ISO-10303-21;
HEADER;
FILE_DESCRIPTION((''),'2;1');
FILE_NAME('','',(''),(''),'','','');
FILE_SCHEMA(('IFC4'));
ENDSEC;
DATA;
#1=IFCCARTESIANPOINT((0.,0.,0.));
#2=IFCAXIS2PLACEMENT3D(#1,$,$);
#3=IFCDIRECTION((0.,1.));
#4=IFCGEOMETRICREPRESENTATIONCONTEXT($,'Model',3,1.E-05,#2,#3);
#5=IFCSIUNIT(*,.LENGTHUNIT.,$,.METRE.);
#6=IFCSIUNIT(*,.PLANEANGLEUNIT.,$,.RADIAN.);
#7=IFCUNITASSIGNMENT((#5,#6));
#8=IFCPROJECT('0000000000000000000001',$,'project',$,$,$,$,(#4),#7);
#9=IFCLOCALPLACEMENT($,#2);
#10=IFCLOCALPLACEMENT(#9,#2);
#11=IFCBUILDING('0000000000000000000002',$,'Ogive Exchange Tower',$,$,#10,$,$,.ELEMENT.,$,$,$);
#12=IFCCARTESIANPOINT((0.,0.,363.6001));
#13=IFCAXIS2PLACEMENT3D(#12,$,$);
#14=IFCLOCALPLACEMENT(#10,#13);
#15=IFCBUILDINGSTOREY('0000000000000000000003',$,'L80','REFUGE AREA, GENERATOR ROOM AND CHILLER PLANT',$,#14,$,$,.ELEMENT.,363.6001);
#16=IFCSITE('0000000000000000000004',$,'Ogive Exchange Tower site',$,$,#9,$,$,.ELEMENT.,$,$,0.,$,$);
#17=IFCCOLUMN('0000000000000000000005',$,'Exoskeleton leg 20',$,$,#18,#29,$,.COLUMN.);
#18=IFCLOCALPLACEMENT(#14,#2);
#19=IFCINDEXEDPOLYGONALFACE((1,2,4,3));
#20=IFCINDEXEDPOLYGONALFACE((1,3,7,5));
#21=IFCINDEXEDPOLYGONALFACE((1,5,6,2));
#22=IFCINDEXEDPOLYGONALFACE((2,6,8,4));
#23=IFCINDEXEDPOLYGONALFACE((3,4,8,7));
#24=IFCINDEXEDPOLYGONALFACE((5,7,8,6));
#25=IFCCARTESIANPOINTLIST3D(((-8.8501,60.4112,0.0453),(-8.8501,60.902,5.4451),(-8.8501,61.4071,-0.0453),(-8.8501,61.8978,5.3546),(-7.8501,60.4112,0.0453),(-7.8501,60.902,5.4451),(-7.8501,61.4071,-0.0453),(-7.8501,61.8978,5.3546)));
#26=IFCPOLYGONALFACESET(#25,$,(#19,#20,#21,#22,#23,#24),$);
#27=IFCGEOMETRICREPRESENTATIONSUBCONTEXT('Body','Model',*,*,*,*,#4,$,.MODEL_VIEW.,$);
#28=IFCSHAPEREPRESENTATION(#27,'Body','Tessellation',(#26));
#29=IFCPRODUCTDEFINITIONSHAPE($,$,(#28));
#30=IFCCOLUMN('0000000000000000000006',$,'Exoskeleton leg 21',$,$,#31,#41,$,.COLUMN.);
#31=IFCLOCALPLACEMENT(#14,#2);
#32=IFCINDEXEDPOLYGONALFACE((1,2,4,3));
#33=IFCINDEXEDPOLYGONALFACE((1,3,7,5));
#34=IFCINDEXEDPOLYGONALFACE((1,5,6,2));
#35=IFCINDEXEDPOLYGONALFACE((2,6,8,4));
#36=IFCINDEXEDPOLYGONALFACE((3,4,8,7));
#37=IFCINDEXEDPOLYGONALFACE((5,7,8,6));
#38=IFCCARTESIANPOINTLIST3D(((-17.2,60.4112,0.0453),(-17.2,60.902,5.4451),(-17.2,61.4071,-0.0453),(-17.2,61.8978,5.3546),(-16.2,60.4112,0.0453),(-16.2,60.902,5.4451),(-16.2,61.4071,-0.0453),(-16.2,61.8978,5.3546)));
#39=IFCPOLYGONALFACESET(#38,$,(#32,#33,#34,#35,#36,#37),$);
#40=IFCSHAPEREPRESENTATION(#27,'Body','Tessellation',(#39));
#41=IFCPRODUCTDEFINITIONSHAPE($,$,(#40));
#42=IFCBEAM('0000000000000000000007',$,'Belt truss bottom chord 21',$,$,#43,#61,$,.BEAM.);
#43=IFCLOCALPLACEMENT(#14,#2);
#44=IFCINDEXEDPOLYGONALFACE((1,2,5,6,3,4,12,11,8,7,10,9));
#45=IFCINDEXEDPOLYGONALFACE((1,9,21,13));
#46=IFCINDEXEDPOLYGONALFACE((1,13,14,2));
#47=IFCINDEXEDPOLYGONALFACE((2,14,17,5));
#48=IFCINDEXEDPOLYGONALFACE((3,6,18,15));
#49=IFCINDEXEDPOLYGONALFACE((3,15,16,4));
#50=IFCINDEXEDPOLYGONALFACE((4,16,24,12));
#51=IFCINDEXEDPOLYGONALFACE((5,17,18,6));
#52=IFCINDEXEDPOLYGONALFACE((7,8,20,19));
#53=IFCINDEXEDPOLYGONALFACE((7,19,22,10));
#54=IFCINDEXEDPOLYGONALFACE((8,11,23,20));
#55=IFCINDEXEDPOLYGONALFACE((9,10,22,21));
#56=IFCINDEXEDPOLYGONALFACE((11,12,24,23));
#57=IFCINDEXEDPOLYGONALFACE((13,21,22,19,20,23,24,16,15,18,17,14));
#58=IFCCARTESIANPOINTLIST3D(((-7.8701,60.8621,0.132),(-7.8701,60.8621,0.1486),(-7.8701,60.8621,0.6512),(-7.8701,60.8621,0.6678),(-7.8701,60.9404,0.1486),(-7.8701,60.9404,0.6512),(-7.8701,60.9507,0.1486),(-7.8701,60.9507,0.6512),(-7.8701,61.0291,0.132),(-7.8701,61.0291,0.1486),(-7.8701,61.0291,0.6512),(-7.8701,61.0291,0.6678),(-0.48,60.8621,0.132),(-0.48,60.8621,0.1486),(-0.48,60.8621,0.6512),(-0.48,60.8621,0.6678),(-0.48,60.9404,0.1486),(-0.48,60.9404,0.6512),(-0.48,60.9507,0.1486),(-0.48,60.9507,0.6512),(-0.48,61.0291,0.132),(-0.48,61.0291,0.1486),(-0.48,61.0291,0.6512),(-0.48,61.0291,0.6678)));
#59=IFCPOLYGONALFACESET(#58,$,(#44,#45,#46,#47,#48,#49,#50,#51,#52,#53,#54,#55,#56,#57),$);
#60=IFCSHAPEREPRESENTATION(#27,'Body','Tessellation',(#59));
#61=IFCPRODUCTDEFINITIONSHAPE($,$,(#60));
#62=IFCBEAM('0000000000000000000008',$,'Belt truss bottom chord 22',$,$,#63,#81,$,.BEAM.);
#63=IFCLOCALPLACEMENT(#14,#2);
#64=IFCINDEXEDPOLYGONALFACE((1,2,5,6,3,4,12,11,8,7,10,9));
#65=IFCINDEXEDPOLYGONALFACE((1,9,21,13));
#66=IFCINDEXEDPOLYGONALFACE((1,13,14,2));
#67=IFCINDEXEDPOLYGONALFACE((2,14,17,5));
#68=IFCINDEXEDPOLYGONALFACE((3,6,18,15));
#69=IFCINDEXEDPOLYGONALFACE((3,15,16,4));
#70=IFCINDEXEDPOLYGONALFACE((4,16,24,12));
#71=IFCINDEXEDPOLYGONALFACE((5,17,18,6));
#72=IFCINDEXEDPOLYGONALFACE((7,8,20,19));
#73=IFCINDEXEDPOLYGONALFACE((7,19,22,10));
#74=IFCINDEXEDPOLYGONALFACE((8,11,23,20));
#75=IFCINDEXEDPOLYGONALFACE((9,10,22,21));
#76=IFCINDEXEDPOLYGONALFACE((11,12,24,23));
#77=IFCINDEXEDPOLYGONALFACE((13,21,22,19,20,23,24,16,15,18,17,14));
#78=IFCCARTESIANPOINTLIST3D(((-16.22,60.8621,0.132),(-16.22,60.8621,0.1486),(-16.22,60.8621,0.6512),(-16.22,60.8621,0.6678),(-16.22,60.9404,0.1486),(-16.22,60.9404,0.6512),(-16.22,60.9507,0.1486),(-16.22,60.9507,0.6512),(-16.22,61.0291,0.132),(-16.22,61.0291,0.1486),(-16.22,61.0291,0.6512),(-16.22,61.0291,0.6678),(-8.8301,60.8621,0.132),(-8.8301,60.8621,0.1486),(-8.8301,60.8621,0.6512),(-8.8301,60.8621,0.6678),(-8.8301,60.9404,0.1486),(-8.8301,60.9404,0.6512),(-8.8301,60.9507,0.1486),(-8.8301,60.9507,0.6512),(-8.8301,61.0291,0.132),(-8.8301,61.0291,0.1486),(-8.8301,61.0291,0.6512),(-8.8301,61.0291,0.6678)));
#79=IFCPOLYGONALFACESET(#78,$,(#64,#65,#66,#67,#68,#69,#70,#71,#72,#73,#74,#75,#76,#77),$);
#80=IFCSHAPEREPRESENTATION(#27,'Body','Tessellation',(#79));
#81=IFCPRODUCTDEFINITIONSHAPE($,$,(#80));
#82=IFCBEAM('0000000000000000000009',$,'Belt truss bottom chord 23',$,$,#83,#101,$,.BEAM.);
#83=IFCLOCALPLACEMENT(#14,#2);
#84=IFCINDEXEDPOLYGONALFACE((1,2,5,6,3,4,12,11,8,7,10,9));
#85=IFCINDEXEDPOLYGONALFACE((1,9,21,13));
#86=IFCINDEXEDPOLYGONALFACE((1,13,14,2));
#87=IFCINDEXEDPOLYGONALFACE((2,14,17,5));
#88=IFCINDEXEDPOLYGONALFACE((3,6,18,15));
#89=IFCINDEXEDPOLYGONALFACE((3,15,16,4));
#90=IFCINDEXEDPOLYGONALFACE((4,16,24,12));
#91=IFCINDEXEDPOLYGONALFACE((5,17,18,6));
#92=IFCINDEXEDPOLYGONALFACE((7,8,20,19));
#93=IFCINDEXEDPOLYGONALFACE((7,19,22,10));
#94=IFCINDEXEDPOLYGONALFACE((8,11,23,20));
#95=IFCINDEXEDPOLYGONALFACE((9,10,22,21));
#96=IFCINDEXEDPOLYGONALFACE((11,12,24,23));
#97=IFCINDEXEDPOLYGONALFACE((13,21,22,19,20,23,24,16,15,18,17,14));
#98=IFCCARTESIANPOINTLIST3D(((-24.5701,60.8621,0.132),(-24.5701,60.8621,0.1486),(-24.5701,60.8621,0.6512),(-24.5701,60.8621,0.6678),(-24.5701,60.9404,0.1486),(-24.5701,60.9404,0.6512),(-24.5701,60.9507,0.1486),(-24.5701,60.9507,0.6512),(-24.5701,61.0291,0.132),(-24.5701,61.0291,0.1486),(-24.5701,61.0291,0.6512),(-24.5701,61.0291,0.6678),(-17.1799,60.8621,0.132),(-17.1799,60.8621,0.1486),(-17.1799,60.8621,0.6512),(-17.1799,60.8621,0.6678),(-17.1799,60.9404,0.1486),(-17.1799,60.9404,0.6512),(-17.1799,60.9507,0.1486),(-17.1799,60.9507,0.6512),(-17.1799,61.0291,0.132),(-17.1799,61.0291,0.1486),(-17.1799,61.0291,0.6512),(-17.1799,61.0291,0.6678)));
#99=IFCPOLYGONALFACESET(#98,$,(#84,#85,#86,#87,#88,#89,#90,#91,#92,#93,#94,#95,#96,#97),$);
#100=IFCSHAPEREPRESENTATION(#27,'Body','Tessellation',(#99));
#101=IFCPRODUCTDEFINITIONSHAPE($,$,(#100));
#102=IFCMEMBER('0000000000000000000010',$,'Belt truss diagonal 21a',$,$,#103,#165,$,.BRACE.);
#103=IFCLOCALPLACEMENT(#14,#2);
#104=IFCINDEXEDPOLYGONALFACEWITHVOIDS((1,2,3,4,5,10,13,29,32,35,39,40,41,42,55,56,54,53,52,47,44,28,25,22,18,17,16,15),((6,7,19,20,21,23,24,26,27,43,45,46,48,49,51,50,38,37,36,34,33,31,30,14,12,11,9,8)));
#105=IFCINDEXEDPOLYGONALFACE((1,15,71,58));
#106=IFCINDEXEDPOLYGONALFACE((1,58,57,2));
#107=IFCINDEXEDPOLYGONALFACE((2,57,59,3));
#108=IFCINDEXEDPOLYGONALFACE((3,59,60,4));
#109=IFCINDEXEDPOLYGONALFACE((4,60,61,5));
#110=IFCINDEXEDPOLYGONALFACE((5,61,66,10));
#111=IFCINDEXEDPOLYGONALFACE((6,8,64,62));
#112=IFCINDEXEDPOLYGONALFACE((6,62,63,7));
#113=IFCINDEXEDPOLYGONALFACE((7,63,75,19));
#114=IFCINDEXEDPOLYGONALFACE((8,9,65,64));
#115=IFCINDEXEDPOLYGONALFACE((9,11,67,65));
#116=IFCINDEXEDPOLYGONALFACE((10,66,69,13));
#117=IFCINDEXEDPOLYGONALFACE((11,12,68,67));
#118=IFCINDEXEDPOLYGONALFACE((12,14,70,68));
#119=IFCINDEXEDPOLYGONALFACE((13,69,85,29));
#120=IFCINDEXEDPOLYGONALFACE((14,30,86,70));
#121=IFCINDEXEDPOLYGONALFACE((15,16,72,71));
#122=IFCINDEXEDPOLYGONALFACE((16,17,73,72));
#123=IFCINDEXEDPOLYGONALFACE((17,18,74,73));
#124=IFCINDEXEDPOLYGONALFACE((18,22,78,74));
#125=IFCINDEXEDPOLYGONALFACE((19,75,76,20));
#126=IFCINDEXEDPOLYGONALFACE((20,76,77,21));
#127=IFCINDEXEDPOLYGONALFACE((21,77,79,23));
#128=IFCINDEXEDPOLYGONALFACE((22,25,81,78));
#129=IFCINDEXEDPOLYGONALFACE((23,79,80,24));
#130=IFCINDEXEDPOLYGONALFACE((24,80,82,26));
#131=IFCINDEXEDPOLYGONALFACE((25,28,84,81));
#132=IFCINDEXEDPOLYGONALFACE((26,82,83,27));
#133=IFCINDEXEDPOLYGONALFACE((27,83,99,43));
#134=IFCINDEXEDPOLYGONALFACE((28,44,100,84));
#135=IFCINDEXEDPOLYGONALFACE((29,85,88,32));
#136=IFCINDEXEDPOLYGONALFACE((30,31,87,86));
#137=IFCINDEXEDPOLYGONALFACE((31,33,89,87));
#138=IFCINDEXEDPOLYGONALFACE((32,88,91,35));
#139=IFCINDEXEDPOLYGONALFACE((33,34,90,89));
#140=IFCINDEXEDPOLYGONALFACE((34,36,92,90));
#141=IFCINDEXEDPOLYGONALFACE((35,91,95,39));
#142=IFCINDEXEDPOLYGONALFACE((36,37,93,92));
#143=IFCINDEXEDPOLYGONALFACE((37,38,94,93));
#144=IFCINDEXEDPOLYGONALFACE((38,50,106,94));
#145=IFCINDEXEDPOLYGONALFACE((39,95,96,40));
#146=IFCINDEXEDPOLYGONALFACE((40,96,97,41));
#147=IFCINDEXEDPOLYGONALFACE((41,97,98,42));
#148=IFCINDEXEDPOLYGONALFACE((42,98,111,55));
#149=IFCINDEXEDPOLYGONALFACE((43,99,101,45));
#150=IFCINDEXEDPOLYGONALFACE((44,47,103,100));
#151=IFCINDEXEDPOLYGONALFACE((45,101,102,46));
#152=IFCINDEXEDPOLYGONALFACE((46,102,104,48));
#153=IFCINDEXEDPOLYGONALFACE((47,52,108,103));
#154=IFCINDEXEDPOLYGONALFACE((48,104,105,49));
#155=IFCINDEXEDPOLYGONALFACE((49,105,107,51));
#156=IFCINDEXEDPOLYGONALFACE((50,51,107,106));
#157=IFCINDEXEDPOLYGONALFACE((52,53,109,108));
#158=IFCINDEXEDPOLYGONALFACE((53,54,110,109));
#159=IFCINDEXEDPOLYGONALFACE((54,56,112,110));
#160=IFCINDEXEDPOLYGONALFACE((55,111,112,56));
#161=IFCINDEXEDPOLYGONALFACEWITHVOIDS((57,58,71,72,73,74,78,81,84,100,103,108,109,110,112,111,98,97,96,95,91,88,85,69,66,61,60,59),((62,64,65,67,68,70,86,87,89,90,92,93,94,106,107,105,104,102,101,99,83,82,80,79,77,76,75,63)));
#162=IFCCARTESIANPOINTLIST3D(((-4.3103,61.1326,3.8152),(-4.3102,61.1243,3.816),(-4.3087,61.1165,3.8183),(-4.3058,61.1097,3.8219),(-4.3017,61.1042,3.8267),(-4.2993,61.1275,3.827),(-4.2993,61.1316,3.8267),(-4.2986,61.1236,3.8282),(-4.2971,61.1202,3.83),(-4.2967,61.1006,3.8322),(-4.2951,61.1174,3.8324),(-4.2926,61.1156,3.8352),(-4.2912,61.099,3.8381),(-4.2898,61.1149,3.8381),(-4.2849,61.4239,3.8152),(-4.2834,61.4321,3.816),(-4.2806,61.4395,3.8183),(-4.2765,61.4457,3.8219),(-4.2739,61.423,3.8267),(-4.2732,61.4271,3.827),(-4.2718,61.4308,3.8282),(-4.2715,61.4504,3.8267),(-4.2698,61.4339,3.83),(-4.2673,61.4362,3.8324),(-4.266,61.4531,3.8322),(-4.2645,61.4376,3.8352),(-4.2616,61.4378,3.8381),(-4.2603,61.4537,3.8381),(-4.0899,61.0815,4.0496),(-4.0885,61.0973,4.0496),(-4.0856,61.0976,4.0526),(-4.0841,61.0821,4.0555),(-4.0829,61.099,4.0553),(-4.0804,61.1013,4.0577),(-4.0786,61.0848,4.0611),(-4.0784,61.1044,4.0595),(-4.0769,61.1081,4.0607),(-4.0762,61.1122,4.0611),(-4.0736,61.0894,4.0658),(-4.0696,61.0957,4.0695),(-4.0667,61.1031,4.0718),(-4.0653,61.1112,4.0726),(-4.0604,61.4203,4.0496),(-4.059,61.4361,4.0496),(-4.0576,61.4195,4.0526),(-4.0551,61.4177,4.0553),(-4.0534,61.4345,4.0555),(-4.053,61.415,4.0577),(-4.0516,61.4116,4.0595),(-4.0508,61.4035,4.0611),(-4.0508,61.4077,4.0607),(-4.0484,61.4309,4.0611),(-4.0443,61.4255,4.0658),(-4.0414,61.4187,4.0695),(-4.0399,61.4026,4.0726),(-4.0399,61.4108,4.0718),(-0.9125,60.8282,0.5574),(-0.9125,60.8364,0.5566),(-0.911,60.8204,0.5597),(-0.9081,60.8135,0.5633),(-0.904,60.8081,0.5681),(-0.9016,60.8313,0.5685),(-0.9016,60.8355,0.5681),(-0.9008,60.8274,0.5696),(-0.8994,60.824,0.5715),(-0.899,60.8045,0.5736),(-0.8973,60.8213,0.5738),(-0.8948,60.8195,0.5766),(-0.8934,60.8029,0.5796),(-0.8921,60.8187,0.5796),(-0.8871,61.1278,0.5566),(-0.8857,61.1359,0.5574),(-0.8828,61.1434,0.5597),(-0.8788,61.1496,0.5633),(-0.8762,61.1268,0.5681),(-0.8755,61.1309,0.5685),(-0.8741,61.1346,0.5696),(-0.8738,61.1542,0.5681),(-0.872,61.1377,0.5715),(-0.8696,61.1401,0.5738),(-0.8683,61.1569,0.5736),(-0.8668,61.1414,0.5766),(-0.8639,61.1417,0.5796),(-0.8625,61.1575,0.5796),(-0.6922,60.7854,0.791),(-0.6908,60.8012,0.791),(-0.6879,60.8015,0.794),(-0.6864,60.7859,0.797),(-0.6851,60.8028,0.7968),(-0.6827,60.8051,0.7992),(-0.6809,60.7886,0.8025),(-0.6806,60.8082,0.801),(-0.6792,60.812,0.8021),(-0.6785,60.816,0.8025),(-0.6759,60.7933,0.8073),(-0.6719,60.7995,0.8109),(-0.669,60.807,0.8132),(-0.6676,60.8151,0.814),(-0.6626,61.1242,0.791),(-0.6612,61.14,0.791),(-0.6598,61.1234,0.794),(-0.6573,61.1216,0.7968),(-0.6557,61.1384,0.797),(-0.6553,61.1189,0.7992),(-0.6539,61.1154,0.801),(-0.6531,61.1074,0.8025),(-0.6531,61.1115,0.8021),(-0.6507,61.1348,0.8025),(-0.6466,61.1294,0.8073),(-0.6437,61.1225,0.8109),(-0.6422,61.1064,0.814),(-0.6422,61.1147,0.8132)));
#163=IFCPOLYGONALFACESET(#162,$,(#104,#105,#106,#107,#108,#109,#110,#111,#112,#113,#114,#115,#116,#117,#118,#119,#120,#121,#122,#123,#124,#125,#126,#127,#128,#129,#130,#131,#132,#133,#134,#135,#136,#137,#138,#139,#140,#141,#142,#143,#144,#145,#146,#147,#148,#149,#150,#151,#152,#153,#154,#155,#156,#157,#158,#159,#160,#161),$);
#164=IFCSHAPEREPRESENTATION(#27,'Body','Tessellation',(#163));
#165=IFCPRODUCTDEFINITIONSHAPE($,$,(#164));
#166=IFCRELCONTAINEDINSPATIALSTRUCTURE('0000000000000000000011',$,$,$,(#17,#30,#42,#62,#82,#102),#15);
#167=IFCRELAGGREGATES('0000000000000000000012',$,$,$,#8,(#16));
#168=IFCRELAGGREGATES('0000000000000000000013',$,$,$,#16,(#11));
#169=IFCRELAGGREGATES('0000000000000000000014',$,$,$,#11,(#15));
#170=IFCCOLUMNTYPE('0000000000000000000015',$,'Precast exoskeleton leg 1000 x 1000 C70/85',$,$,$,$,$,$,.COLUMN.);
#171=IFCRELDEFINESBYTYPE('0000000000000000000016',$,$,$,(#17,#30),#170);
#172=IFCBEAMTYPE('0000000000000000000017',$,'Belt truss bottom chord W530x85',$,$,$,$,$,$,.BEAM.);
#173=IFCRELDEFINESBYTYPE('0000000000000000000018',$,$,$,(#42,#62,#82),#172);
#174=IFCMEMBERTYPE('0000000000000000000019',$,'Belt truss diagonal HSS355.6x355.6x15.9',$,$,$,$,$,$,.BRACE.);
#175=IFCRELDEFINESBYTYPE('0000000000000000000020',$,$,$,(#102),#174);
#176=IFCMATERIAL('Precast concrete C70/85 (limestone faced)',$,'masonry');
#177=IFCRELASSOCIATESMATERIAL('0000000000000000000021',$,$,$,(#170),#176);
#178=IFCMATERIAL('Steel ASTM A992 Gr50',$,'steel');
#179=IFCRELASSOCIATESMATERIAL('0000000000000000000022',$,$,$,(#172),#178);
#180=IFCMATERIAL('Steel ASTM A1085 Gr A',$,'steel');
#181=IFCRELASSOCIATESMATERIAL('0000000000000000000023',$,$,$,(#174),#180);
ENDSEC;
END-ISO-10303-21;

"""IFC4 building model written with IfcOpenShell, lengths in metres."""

from ifc_helpers import new_model, si_unit, direction, frame, origin, origin_2d, place, context, subcontext, project, spatial, rectangle, hollow_rectangle, i_section, extrude, material, material_profile, profile_set, type_object, element, save


model = new_model("IFC4")

# Units and contexts
model_context = context("Model", 3, precision=1e-05, world=origin(), true_north=direction((0.0, 1.0)))
body_context = subcontext(model_context, "Body", "Model", "MODEL_VIEW")
ifc_project = project(units=[si_unit("LENGTHUNIT", "METRE"), si_unit("PLANEANGLEUNIT", "RADIAN")], contexts=[model_context])

# Site, building, storey
site_placement = place(None, origin())
site = spatial("IfcSite", under=ifc_project, at=site_placement, Name="Ogive Exchange Tower site", CompositionType="ELEMENT", RefElevation=0.0)
building_placement = place(site_placement, origin())
building = spatial("IfcBuilding", under=site, at=building_placement, Name="Ogive Exchange Tower", CompositionType="ELEMENT")
storey_placement = place(building_placement, frame((0.0, 0.0, 363.6001)))
storey = spatial("IfcBuildingStorey", under=building, at=storey_placement, Name="L80", Description="REFUGE AREA, GENERATOR ROOM AND CHILLER PLANT", CompositionType="ELEMENT", Elevation=363.6001)

# Columns
ifc_material_1 = material(Name="Precast concrete C70/85 (limestone faced)", Category="masonry")
ifc_material_profile_1 = material_profile(ifc_material_1, rectangle(XDim=1.0, YDim=1.0, at=origin_2d()), Name="1000 x 1000")
ifc_profile_set_1 = profile_set([ifc_material_profile_1], Name="Precast concrete C70/85 (limestone faced)")
column_type = type_object("IfcColumnType", Name="Precast exoskeleton leg 1000 x 1000 C70/85", PredefinedType="COLUMN", material=ifc_profile_set_1)
for number, where, z_axis, x_axis, name in (
    (1, (-8.3501, 60.9092, 0.0), (0.0, 0.090503, 0.995896), (-1.0, 0.0, 0.0), "Exoskeleton leg 20"),
    (2, (-16.7, 60.9092, 0.0), (0.0, 0.090503, 0.995896), (-1.0, 0.0, 0.0), "Exoskeleton leg 21"),
):
    element("IfcColumn", number, at=place(storey_placement, frame(where, z_axis=z_axis, x_axis=x_axis)), inside=storey, type_object=column_type, Name=name, PredefinedType="COLUMN", context=body_context, shape_type="SweptSolid", body=[
        extrude(rectangle(XDim=1.0, YDim=1.0, at=origin_2d()), origin(), (0.0, 0.0, 1.0), 5.4221),
    ])

# Beams
ifc_material_2 = material(Name="Steel ASTM A992 Gr50", Category="steel")
ifc_material_profile_2 = material_profile(ifc_material_2, i_section(OverallWidth=0.167, OverallDepth=0.5359, WebThickness=0.0103, FlangeThickness=0.0166, at=origin_2d()), Name="W530x85")
ifc_profile_set_2 = profile_set([ifc_material_profile_2], Name="Steel ASTM A992 Gr50")
beam_type_1 = type_object("IfcBeamType", Name="Belt truss bottom chord W530x85", PredefinedType="BEAM", material=ifc_profile_set_2)
beam_1_placement = place(storey_placement, frame((-0.48, 60.9456, 0.3999), z_axis=(-1.0, 0.0, 0.0), x_axis=(0.0, -1.0, 0.0)))
element("IfcBeam", 3, at=beam_1_placement, inside=storey, type_object=beam_type_1, Name="Belt truss bottom chord 21", PredefinedType="BEAM", context=body_context, shape_type="SweptSolid", body=[
    extrude(i_section(OverallWidth=0.167, OverallDepth=0.5359, WebThickness=0.0103, FlangeThickness=0.0166, at=origin_2d()), origin(), (0.0, 0.0, 1.0), 7.3901),
])
beam_2_placement = place(storey_placement, frame((-8.8301, 60.9456, 0.3999), z_axis=(-1.0, 0.0, 0.0), x_axis=(0.0, -1.0, 0.0)))
element("IfcBeam", 4, at=beam_2_placement, inside=storey, type_object=beam_type_1, Name="Belt truss bottom chord 22", PredefinedType="BEAM", context=body_context, shape_type="SweptSolid", body=[
    extrude(i_section(OverallWidth=0.167, OverallDepth=0.5359, WebThickness=0.0103, FlangeThickness=0.0166, at=origin_2d()), origin(), (0.0, 0.0, 1.0), 7.3899),
])
beam_3_placement = place(storey_placement, frame((-17.1799, 60.9456, 0.3999), z_axis=(-1.0, 0.0, 0.0), x_axis=(0.0, -1.0, 0.0)))
element("IfcBeam", 5, at=beam_3_placement, inside=storey, type_object=beam_type_1, Name="Belt truss bottom chord 23", PredefinedType="BEAM", context=body_context, shape_type="SweptSolid", body=[
    extrude(i_section(OverallWidth=0.167, OverallDepth=0.5359, WebThickness=0.0103, FlangeThickness=0.0166, at=origin_2d()), origin(), (0.0, 0.0, 1.0), 7.3901),
])

# Member
ifc_material_3 = material(Name="Steel ASTM A1085 Gr A", Category="steel")
ifc_material_profile_3 = material_profile(ifc_material_3, hollow_rectangle(XDim=0.356, YDim=0.356, WallThickness=0.0159, InnerFilletRadius=0.0159, OuterFilletRadius=0.0317, at=origin_2d()), Name="HSS355.6x355.6x15.9")
ifc_profile_set_3 = profile_set([ifc_material_profile_3], Name="Steel ASTM A1085 Gr A")
member_type = type_object("IfcMemberType", Name="Belt truss diagonal HSS355.6x355.6x15.9", PredefinedType="BRACE", material=ifc_profile_set_3)
member_placement = place(storey_placement, frame((-0.7773, 60.9714, 0.6853), z_axis=(-0.720309, 0.062782, 0.690807), x_axis=(-0.08683, -0.996223, 0.0)))
element("IfcMember", 6, at=member_placement, inside=storey, type_object=member_type, Name="Belt truss diagonal 21a", PredefinedType="BRACE", context=body_context, shape_type="SweptSolid", body=[
    extrude(hollow_rectangle(XDim=0.356, YDim=0.356, WallThickness=0.0159, InnerFilletRadius=0.0159, OuterFilletRadius=0.0317, at=origin_2d()), origin(), (0.0, 0.0, 1.0), 4.717),
])

save(model, "model.ifc")
